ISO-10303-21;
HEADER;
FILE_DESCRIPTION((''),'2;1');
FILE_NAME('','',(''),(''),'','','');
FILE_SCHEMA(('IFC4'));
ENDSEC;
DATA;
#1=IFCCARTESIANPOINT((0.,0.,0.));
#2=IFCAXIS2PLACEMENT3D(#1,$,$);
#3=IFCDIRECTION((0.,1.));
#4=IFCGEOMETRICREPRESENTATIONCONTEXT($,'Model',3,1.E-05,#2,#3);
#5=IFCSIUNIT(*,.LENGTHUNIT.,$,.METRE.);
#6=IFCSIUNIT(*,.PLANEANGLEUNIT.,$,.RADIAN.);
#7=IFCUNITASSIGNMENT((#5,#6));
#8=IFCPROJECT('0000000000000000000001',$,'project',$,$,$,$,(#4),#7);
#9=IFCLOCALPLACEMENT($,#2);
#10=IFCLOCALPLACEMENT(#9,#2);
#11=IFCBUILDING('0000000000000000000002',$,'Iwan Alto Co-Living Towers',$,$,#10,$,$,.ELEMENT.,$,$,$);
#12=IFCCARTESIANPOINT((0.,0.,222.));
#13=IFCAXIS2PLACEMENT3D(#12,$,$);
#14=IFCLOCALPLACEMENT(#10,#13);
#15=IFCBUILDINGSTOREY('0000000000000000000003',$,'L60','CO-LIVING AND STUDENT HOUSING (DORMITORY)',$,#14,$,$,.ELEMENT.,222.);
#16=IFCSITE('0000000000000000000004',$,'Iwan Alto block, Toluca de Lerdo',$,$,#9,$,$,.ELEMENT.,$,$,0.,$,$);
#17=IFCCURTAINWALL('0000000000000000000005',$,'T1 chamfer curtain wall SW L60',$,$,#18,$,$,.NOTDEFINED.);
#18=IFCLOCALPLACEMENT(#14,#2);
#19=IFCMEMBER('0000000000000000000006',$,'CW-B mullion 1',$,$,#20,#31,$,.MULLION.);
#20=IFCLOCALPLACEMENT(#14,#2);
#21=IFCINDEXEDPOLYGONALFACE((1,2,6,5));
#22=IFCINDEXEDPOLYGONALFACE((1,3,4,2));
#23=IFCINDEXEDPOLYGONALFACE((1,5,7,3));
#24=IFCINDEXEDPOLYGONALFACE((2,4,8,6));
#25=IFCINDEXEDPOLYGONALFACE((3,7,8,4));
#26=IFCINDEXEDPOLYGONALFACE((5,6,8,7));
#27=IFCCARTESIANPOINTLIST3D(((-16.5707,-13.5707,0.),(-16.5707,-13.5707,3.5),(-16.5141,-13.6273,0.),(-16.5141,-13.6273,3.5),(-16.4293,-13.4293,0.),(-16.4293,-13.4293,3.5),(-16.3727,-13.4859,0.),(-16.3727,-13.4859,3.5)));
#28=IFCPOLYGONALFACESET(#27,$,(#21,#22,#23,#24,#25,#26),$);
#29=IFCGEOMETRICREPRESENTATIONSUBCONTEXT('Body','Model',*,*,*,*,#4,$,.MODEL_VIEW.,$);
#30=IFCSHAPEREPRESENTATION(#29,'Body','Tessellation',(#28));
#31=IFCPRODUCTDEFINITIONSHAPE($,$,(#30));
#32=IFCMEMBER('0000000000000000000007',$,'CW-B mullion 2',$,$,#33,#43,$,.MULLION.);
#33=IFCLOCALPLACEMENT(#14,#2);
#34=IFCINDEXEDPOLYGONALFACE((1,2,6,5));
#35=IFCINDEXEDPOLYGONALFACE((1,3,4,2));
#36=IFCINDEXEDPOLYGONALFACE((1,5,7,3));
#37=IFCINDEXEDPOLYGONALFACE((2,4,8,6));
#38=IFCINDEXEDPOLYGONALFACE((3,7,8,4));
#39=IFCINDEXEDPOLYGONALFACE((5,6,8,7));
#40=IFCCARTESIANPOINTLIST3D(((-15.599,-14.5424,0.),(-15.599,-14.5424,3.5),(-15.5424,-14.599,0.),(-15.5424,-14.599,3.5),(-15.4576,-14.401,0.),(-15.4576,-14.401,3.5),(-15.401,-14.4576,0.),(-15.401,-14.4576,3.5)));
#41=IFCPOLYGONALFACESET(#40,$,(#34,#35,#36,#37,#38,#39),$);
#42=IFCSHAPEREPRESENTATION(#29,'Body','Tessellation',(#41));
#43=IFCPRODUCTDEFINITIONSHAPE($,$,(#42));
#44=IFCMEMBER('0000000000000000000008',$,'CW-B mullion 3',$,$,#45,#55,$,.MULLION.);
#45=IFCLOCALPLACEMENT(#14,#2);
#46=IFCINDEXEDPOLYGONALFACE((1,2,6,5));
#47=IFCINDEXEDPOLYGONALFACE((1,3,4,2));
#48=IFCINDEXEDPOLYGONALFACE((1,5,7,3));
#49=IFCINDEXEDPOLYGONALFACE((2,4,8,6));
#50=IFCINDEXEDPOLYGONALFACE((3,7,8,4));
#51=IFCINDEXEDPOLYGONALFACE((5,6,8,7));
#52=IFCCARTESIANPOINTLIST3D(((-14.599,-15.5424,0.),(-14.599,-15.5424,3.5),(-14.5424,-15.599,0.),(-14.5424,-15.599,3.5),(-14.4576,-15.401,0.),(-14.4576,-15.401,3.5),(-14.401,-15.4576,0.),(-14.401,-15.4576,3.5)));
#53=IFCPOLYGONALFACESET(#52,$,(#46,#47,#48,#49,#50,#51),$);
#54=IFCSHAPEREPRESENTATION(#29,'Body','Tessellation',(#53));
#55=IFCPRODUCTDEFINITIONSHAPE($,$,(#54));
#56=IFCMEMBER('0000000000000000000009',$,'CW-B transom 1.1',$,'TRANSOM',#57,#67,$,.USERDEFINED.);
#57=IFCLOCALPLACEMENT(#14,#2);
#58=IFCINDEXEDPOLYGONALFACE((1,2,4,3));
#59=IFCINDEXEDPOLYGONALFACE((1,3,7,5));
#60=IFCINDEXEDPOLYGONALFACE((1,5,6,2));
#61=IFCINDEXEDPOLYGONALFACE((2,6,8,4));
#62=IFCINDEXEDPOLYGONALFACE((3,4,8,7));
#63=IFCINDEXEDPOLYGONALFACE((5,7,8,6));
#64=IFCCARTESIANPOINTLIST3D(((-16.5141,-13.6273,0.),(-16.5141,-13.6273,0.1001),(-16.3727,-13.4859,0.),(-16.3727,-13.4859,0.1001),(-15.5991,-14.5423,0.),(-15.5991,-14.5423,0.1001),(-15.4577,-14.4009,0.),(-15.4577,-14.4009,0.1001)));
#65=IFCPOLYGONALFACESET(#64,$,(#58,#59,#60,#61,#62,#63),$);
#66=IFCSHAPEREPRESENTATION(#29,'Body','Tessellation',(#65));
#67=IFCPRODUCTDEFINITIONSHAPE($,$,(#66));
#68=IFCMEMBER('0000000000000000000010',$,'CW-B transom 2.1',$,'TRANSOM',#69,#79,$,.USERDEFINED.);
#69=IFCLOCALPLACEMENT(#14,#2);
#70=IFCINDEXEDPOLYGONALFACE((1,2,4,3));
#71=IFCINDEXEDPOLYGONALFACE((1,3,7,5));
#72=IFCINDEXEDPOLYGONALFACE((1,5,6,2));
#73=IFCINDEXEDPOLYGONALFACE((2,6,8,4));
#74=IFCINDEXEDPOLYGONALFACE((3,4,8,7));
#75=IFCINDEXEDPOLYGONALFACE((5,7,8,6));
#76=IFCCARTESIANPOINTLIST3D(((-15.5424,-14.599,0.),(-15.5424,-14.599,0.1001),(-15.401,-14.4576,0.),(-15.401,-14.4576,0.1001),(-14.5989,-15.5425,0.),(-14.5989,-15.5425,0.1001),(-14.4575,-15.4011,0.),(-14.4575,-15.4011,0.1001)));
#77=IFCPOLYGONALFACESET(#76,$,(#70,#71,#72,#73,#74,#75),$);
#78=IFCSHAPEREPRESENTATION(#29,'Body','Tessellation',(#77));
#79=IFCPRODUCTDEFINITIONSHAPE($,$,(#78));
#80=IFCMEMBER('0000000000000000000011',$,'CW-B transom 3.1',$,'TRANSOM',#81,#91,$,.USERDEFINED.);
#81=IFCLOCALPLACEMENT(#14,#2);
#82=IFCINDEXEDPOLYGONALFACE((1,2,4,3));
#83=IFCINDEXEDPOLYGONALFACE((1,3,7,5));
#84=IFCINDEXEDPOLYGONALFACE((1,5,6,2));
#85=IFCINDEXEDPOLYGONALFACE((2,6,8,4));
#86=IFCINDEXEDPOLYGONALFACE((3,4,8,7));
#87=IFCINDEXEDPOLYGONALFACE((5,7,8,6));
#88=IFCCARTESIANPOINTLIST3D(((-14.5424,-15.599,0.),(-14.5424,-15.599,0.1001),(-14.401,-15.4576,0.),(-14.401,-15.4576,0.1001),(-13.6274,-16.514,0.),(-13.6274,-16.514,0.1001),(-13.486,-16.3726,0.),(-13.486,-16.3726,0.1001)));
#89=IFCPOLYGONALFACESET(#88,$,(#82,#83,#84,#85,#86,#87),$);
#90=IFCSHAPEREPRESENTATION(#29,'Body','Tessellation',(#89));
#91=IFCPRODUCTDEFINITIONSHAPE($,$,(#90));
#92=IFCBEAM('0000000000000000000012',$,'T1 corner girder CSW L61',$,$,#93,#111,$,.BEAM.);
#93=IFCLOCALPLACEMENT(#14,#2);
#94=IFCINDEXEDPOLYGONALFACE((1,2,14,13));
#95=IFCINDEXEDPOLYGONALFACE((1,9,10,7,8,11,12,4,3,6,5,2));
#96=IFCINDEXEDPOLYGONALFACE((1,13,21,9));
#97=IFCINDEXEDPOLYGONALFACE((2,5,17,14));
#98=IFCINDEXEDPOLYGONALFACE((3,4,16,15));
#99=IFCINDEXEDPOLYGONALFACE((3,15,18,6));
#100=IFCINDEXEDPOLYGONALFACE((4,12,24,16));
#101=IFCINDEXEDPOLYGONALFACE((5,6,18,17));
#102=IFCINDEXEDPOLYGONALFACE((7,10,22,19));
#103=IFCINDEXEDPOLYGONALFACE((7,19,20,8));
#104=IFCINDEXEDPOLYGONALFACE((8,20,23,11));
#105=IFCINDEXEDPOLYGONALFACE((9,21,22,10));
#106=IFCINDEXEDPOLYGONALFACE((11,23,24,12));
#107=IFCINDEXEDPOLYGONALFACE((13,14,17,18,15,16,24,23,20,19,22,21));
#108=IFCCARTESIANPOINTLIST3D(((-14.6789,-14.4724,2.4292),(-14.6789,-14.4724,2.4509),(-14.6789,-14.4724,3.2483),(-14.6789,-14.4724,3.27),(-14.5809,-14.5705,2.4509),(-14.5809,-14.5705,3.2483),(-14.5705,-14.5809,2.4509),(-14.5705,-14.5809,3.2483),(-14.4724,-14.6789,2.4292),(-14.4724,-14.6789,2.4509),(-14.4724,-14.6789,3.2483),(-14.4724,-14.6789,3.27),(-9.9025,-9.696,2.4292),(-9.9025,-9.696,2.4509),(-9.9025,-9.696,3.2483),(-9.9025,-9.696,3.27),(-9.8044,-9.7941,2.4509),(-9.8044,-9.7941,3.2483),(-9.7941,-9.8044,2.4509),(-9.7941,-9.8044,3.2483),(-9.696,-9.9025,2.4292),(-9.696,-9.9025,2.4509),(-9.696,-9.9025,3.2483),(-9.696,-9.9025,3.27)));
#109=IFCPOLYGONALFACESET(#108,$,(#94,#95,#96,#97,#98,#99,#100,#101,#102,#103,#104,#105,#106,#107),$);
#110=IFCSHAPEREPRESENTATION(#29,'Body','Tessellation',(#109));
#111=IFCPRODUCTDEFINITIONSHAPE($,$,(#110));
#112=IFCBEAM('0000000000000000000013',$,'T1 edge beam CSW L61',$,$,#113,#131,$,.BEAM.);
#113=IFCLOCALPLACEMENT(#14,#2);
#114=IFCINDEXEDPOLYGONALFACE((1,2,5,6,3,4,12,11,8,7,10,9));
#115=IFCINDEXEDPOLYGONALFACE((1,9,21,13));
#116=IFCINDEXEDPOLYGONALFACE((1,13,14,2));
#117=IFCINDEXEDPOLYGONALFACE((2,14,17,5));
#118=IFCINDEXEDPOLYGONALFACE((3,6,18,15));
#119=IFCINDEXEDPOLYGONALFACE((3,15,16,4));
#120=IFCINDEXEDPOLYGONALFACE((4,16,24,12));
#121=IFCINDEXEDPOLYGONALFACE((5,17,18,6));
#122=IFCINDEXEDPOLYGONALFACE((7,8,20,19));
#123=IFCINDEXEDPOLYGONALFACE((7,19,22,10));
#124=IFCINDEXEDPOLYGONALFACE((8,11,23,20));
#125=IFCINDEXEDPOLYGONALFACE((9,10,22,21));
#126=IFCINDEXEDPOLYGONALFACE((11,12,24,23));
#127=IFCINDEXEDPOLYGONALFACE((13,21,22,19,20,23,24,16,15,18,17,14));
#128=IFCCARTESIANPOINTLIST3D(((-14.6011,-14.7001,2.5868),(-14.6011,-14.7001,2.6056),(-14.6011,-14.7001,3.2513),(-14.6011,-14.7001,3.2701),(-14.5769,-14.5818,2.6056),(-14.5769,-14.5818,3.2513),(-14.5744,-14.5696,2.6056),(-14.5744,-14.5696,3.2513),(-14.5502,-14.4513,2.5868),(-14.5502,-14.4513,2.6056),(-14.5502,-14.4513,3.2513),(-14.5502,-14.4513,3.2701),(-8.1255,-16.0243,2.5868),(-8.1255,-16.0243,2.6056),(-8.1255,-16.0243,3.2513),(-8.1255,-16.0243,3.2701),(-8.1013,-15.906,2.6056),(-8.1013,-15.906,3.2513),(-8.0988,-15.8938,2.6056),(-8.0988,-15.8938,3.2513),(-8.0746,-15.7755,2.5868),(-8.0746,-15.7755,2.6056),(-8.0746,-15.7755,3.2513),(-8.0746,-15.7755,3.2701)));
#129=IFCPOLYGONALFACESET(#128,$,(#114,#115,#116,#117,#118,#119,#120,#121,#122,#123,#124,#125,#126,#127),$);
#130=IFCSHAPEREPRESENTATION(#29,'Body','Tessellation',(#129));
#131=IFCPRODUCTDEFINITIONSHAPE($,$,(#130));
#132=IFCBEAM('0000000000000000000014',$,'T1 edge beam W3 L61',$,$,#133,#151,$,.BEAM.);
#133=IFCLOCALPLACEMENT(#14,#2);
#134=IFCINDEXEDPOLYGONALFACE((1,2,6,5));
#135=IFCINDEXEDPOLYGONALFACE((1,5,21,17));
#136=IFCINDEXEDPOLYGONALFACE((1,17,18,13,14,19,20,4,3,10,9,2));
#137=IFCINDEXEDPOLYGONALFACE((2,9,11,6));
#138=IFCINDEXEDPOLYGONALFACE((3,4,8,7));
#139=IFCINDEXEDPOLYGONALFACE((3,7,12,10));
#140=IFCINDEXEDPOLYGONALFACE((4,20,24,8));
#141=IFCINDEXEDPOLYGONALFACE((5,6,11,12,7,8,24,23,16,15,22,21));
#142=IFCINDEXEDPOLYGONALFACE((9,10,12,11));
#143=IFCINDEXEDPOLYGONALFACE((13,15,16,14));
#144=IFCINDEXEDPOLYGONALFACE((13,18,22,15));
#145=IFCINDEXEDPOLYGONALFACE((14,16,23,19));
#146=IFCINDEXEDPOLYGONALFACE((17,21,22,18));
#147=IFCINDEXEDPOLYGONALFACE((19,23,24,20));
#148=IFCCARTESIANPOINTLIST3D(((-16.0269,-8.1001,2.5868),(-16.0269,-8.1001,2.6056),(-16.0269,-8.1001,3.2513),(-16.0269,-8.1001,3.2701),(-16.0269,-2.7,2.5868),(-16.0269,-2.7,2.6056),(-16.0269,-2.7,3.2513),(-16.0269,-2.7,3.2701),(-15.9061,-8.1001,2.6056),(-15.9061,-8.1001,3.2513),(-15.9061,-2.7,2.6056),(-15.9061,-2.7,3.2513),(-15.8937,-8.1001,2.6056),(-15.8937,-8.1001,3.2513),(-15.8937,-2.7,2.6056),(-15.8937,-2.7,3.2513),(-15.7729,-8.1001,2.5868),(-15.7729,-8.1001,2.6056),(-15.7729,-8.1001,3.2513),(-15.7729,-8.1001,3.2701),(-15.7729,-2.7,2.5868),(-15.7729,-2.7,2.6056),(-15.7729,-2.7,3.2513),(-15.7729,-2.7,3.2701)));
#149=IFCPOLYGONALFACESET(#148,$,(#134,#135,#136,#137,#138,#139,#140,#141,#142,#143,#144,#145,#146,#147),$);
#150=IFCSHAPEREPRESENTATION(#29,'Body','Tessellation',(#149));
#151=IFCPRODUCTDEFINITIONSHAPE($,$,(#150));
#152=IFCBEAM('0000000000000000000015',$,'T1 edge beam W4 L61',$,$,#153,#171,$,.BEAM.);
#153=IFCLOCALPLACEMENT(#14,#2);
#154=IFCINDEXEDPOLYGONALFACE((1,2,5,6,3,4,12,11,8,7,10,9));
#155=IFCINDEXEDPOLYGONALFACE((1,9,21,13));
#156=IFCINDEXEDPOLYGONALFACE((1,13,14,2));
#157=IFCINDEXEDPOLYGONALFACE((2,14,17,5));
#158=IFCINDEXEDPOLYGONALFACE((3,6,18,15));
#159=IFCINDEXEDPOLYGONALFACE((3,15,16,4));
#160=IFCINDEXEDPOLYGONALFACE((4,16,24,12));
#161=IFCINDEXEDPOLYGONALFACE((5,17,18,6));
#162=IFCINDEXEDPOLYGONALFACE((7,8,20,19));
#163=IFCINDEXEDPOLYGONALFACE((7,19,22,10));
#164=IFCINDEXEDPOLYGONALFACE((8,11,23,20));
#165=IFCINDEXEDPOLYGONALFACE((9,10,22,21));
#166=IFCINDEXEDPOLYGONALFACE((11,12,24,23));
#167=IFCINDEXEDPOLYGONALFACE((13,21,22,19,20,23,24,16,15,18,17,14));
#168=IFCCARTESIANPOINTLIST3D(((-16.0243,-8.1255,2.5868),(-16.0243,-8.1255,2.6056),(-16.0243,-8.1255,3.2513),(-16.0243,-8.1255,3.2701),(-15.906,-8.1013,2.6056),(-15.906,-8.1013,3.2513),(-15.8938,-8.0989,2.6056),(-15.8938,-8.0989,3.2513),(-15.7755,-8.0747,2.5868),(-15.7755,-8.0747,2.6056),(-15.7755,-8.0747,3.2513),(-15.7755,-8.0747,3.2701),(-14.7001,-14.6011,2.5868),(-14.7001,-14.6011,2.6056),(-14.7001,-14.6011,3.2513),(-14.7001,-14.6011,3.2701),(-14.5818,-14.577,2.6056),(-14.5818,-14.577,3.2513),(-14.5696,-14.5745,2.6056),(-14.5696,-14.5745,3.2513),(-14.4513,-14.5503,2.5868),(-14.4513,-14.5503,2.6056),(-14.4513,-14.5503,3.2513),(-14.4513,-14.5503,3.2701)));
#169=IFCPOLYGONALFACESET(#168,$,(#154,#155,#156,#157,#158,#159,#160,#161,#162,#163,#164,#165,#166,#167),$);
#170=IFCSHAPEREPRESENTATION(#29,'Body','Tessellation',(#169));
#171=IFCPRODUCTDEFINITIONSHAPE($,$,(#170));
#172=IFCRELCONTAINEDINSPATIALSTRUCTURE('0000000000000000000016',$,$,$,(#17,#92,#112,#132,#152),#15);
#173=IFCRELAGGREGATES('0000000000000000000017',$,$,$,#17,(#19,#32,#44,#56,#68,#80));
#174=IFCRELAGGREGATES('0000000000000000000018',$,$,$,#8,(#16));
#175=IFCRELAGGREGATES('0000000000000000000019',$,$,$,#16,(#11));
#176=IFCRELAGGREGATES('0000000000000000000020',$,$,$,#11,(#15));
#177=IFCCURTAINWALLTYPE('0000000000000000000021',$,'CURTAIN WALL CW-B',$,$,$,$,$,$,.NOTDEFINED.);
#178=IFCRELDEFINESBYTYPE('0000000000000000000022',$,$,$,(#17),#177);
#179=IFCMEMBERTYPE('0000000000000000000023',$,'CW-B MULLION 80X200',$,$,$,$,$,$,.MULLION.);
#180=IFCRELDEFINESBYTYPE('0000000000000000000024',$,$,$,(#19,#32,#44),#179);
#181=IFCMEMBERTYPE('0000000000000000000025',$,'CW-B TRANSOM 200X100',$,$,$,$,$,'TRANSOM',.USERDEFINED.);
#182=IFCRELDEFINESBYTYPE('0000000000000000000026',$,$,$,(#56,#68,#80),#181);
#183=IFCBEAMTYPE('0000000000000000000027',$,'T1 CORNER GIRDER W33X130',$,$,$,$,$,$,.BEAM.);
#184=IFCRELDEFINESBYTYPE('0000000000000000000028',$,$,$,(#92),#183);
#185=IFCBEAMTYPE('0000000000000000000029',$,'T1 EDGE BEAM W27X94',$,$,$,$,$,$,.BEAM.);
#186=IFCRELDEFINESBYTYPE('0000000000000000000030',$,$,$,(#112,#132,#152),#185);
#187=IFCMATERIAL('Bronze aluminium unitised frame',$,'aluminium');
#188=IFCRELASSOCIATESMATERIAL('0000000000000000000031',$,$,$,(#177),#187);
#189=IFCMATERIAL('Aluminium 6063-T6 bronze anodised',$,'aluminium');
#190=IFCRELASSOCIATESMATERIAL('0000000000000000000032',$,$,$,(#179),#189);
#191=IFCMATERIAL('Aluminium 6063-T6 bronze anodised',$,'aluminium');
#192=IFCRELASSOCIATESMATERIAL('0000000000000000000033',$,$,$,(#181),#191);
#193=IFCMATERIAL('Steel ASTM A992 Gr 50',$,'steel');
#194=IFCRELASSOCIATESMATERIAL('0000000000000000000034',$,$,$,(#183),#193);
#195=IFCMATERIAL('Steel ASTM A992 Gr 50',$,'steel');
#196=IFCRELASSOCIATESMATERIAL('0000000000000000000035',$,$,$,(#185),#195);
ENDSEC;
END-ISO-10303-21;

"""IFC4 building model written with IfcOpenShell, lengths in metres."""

from ifc_helpers import new_model, si_unit, direction, frame, origin, origin_2d, place, context, subcontext, project, spatial, rectangle, i_section, extrude, material, material_profile, profile_set, type_object, element, aggregate, save


model = new_model("IFC4")

# Units and contexts
model_context = context("Model", 3, precision=1e-05, world=origin(), true_north=direction((0.0, 1.0)))
body_context = subcontext(model_context, "Body", "Model", "MODEL_VIEW")
ifc_project = project(units=[si_unit("LENGTHUNIT", "METRE"), si_unit("PLANEANGLEUNIT", "RADIAN")], contexts=[model_context])

# Site, building, storey
site_placement = place(None, origin())
site = spatial("IfcSite", under=ifc_project, at=site_placement, Name="Iwan Alto block, Toluca de Lerdo", CompositionType="ELEMENT", RefElevation=0.0)
building_placement = place(site_placement, origin())
building = spatial("IfcBuilding", under=site, at=building_placement, Name="Iwan Alto Co-Living Towers", CompositionType="ELEMENT")
storey_placement = place(building_placement, frame((0.0, 0.0, 222.0)))
storey = spatial("IfcBuildingStorey", under=building, at=storey_placement, Name="L60", Description="CO-LIVING AND STUDENT HOUSING (DORMITORY)", CompositionType="ELEMENT", Elevation=222.0)

# Curtain wall, members
ifc_material_1 = material(Name="Bronze aluminium unitised frame", Category="aluminium")
curtain_wall_type_1 = type_object("IfcCurtainWallType", Name="CURTAIN WALL CW-B", PredefinedType="NOTDEFINED", material=ifc_material_1)
curtain_wall_1_placement = place(storey_placement, origin())
curtain_wall_1 = element("IfcCurtainWall", 1, at=curtain_wall_1_placement, inside=storey, type_object=curtain_wall_type_1, Name="T1 chamfer curtain wall SW L60", PredefinedType="NOTDEFINED")
ifc_material_2 = material(Name="Aluminium 6063-T6 bronze anodised", Category="aluminium")
ifc_material_profile_1 = material_profile(ifc_material_2, rectangle(XDim=0.2, YDim=0.0801, at=origin_2d()), Name="AL 80X200")
ifc_profile_set_1 = profile_set([ifc_material_profile_1], Name="Aluminium 6063-T6 bronze anodised")
member_type_1 = type_object("IfcMemberType", Name="CW-B MULLION 80X200", PredefinedType="MULLION", material=ifc_profile_set_1)
member_1_placement = place(storey_placement, frame((-16.4717, -13.5283, 0.0), z_axis=(0.0, 0.0, 1.0), x_axis=(0.707107, 0.707107, 0.0)))
member_1 = element("IfcMember", 2, at=member_1_placement, type_object=member_type_1, Name="CW-B mullion 1", PredefinedType="MULLION", context=body_context, shape_type="SweptSolid", body=[
    extrude(rectangle(XDim=0.2, YDim=0.0801, at=origin_2d()), origin(), (0.0, 0.0, 1.0), 3.5),
])
member_2_placement = place(storey_placement, frame((-15.5, -14.5, 0.0), z_axis=(0.0, 0.0, 1.0), x_axis=(0.707107, 0.707107, 0.0)))
member_2 = element("IfcMember", 3, at=member_2_placement, type_object=member_type_1, Name="CW-B mullion 2", PredefinedType="MULLION", context=body_context, shape_type="SweptSolid", body=[
    extrude(rectangle(XDim=0.2, YDim=0.0801, at=origin_2d()), origin(), (0.0, 0.0, 1.0), 3.5),
])
member_3_placement = place(storey_placement, frame((-14.5, -15.5, 0.0), z_axis=(0.0, 0.0, 1.0), x_axis=(0.707107, 0.707107, 0.0)))
member_3 = element("IfcMember", 4, at=member_3_placement, type_object=member_type_1, Name="CW-B mullion 3", PredefinedType="MULLION", context=body_context, shape_type="SweptSolid", body=[
    extrude(rectangle(XDim=0.2, YDim=0.0801, at=origin_2d()), origin(), (0.0, 0.0, 1.0), 3.5),
])
ifc_material_3 = material(Name="Aluminium 6063-T6 bronze anodised", Category="aluminium")
ifc_material_profile_2 = material_profile(ifc_material_3, rectangle(XDim=0.2, YDim=0.1001, at=origin_2d()), Name="AL 200X100")
ifc_profile_set_2 = profile_set([ifc_material_profile_2], Name="Aluminium 6063-T6 bronze anodised")
member_type_2 = type_object("IfcMemberType", Name="CW-B TRANSOM 200X100", ElementType="TRANSOM", PredefinedType="USERDEFINED", material=ifc_profile_set_2)
member_4_placement = place(storey_placement, frame((-16.4434, -13.5566, 0.05), z_axis=(0.707107, -0.707107, 0.0), x_axis=(0.707107, 0.707107, 0.0)))
member_4 = element("IfcMember", 5, at=member_4_placement, type_object=member_type_2, Name="CW-B transom 1.1", ObjectType="TRANSOM", PredefinedType="USERDEFINED", context=body_context, shape_type="SweptSolid", body=[
    extrude(rectangle(XDim=0.2, YDim=0.1001, at=origin_2d()), origin(), (0.0, 0.0, 1.0), 1.2939),
])
member_5_placement = place(storey_placement, frame((-15.4717, -14.5283, 0.05), z_axis=(0.707107, -0.707107, 0.0), x_axis=(0.707107, 0.707107, 0.0)))
member_5 = element("IfcMember", 6, at=member_5_placement, type_object=member_type_2, Name="CW-B transom 2.1", ObjectType="TRANSOM", PredefinedType="USERDEFINED", context=body_context, shape_type="SweptSolid", body=[
    extrude(rectangle(XDim=0.2, YDim=0.1001, at=origin_2d()), origin(), (0.0, 0.0, 1.0), 1.3342),
])
member_6_placement = place(storey_placement, frame((-14.4717, -15.5283, 0.05), z_axis=(0.707107, -0.707107, 0.0), x_axis=(0.707107, 0.707107, 0.0)))
member_6 = element("IfcMember", 7, at=member_6_placement, type_object=member_type_2, Name="CW-B transom 3.1", ObjectType="TRANSOM", PredefinedType="USERDEFINED", context=body_context, shape_type="SweptSolid", body=[
    extrude(rectangle(XDim=0.2, YDim=0.1001, at=origin_2d()), origin(), (0.0, 0.0, 1.0), 1.2939),
])

# Beams
ifc_material_4 = material(Name="Steel ASTM A992 Gr 50", Category="steel")
ifc_material_profile_3 = material_profile(ifc_material_4, i_section(OverallWidth=0.292, OverallDepth=0.8408, WebThickness=0.0146, FlangeThickness=0.0217, at=origin_2d()), Name="W33X130")
ifc_profile_set_3 = profile_set([ifc_material_profile_3], Name="Steel ASTM A992 Gr 50")
beam_type_1 = type_object("IfcBeamType", Name="T1 CORNER GIRDER W33X130", PredefinedType="BEAM", material=ifc_profile_set_3)
beam_1_placement = place(storey_placement, frame((-14.5757, -14.5757, 2.8496), z_axis=(0.707107, 0.707107, 0.0), x_axis=(-0.707107, 0.707107, 0.0)))
element("IfcBeam", 8, at=beam_1_placement, inside=storey, type_object=beam_type_1, Name="T1 corner girder CSW L61", PredefinedType="BEAM", context=body_context, shape_type="SweptSolid", body=[
    extrude(i_section(OverallWidth=0.292, OverallDepth=0.8408, WebThickness=0.0146, FlangeThickness=0.0217, at=origin_2d()), origin(), (0.0, 0.0, 1.0), 6.7549),
])
ifc_material_5 = material(Name="Steel ASTM A992 Gr 50", Category="steel")
ifc_material_profile_4 = material_profile(ifc_material_5, i_section(OverallWidth=0.2539, OverallDepth=0.6833, WebThickness=0.0125, FlangeThickness=0.0188, at=origin_2d()), Name="W27X94")
ifc_profile_set_4 = profile_set([ifc_material_profile_4], Name="Steel ASTM A992 Gr 50")
beam_type_2 = type_object("IfcBeamType", Name="T1 EDGE BEAM W27X94", PredefinedType="BEAM", material=ifc_profile_set_4)
beam_2_placement = place(storey_placement, frame((-14.5757, -14.5757, 2.9285), z_axis=(0.979725, -0.200348, 0.0), x_axis=(0.200348, 0.979725, 0.0)))
element("IfcBeam", 9, at=beam_2_placement, inside=storey, type_object=beam_type_2, Name="T1 edge beam CSW L61", PredefinedType="BEAM", context=body_context, shape_type="SweptSolid", body=[
    extrude(i_section(OverallWidth=0.2539, OverallDepth=0.6833, WebThickness=0.0125, FlangeThickness=0.0188, at=origin_2d()), origin(), (0.0, 0.0, 1.0), 6.6096),
])
beam_3_placement = place(storey_placement, frame((-15.8999, -2.7, 2.9285), z_axis=(0.0, -1.0, 0.0), x_axis=(1.0, 0.0, 0.0)))
element("IfcBeam", 10, at=beam_3_placement, inside=storey, type_object=beam_type_2, Name="T1 edge beam W3 L61", PredefinedType="BEAM", context=body_context, shape_type="SweptSolid", body=[
    extrude(i_section(OverallWidth=0.2539, OverallDepth=0.6833, WebThickness=0.0125, FlangeThickness=0.0188, at=origin_2d()), origin(), (0.0, 0.0, 1.0), 5.4001),
])
beam_4_placement = place(storey_placement, frame((-15.8999, -8.1001, 2.9285), z_axis=(0.200348, -0.979725, 0.0), x_axis=(0.979725, 0.200348, 0.0)))
element("IfcBeam", 11, at=beam_4_placement, inside=storey, type_object=beam_type_2, Name="T1 edge beam W4 L61", PredefinedType="BEAM", context=body_context, shape_type="SweptSolid", body=[
    extrude(i_section(OverallWidth=0.2539, OverallDepth=0.6833, WebThickness=0.0125, FlangeThickness=0.0188, at=origin_2d()), origin(), (0.0, 0.0, 1.0), 6.6096),
])

aggregate(curtain_wall_1, [member_1, member_2, member_3, member_4, member_5, member_6])

save(model, "model.ifc")
